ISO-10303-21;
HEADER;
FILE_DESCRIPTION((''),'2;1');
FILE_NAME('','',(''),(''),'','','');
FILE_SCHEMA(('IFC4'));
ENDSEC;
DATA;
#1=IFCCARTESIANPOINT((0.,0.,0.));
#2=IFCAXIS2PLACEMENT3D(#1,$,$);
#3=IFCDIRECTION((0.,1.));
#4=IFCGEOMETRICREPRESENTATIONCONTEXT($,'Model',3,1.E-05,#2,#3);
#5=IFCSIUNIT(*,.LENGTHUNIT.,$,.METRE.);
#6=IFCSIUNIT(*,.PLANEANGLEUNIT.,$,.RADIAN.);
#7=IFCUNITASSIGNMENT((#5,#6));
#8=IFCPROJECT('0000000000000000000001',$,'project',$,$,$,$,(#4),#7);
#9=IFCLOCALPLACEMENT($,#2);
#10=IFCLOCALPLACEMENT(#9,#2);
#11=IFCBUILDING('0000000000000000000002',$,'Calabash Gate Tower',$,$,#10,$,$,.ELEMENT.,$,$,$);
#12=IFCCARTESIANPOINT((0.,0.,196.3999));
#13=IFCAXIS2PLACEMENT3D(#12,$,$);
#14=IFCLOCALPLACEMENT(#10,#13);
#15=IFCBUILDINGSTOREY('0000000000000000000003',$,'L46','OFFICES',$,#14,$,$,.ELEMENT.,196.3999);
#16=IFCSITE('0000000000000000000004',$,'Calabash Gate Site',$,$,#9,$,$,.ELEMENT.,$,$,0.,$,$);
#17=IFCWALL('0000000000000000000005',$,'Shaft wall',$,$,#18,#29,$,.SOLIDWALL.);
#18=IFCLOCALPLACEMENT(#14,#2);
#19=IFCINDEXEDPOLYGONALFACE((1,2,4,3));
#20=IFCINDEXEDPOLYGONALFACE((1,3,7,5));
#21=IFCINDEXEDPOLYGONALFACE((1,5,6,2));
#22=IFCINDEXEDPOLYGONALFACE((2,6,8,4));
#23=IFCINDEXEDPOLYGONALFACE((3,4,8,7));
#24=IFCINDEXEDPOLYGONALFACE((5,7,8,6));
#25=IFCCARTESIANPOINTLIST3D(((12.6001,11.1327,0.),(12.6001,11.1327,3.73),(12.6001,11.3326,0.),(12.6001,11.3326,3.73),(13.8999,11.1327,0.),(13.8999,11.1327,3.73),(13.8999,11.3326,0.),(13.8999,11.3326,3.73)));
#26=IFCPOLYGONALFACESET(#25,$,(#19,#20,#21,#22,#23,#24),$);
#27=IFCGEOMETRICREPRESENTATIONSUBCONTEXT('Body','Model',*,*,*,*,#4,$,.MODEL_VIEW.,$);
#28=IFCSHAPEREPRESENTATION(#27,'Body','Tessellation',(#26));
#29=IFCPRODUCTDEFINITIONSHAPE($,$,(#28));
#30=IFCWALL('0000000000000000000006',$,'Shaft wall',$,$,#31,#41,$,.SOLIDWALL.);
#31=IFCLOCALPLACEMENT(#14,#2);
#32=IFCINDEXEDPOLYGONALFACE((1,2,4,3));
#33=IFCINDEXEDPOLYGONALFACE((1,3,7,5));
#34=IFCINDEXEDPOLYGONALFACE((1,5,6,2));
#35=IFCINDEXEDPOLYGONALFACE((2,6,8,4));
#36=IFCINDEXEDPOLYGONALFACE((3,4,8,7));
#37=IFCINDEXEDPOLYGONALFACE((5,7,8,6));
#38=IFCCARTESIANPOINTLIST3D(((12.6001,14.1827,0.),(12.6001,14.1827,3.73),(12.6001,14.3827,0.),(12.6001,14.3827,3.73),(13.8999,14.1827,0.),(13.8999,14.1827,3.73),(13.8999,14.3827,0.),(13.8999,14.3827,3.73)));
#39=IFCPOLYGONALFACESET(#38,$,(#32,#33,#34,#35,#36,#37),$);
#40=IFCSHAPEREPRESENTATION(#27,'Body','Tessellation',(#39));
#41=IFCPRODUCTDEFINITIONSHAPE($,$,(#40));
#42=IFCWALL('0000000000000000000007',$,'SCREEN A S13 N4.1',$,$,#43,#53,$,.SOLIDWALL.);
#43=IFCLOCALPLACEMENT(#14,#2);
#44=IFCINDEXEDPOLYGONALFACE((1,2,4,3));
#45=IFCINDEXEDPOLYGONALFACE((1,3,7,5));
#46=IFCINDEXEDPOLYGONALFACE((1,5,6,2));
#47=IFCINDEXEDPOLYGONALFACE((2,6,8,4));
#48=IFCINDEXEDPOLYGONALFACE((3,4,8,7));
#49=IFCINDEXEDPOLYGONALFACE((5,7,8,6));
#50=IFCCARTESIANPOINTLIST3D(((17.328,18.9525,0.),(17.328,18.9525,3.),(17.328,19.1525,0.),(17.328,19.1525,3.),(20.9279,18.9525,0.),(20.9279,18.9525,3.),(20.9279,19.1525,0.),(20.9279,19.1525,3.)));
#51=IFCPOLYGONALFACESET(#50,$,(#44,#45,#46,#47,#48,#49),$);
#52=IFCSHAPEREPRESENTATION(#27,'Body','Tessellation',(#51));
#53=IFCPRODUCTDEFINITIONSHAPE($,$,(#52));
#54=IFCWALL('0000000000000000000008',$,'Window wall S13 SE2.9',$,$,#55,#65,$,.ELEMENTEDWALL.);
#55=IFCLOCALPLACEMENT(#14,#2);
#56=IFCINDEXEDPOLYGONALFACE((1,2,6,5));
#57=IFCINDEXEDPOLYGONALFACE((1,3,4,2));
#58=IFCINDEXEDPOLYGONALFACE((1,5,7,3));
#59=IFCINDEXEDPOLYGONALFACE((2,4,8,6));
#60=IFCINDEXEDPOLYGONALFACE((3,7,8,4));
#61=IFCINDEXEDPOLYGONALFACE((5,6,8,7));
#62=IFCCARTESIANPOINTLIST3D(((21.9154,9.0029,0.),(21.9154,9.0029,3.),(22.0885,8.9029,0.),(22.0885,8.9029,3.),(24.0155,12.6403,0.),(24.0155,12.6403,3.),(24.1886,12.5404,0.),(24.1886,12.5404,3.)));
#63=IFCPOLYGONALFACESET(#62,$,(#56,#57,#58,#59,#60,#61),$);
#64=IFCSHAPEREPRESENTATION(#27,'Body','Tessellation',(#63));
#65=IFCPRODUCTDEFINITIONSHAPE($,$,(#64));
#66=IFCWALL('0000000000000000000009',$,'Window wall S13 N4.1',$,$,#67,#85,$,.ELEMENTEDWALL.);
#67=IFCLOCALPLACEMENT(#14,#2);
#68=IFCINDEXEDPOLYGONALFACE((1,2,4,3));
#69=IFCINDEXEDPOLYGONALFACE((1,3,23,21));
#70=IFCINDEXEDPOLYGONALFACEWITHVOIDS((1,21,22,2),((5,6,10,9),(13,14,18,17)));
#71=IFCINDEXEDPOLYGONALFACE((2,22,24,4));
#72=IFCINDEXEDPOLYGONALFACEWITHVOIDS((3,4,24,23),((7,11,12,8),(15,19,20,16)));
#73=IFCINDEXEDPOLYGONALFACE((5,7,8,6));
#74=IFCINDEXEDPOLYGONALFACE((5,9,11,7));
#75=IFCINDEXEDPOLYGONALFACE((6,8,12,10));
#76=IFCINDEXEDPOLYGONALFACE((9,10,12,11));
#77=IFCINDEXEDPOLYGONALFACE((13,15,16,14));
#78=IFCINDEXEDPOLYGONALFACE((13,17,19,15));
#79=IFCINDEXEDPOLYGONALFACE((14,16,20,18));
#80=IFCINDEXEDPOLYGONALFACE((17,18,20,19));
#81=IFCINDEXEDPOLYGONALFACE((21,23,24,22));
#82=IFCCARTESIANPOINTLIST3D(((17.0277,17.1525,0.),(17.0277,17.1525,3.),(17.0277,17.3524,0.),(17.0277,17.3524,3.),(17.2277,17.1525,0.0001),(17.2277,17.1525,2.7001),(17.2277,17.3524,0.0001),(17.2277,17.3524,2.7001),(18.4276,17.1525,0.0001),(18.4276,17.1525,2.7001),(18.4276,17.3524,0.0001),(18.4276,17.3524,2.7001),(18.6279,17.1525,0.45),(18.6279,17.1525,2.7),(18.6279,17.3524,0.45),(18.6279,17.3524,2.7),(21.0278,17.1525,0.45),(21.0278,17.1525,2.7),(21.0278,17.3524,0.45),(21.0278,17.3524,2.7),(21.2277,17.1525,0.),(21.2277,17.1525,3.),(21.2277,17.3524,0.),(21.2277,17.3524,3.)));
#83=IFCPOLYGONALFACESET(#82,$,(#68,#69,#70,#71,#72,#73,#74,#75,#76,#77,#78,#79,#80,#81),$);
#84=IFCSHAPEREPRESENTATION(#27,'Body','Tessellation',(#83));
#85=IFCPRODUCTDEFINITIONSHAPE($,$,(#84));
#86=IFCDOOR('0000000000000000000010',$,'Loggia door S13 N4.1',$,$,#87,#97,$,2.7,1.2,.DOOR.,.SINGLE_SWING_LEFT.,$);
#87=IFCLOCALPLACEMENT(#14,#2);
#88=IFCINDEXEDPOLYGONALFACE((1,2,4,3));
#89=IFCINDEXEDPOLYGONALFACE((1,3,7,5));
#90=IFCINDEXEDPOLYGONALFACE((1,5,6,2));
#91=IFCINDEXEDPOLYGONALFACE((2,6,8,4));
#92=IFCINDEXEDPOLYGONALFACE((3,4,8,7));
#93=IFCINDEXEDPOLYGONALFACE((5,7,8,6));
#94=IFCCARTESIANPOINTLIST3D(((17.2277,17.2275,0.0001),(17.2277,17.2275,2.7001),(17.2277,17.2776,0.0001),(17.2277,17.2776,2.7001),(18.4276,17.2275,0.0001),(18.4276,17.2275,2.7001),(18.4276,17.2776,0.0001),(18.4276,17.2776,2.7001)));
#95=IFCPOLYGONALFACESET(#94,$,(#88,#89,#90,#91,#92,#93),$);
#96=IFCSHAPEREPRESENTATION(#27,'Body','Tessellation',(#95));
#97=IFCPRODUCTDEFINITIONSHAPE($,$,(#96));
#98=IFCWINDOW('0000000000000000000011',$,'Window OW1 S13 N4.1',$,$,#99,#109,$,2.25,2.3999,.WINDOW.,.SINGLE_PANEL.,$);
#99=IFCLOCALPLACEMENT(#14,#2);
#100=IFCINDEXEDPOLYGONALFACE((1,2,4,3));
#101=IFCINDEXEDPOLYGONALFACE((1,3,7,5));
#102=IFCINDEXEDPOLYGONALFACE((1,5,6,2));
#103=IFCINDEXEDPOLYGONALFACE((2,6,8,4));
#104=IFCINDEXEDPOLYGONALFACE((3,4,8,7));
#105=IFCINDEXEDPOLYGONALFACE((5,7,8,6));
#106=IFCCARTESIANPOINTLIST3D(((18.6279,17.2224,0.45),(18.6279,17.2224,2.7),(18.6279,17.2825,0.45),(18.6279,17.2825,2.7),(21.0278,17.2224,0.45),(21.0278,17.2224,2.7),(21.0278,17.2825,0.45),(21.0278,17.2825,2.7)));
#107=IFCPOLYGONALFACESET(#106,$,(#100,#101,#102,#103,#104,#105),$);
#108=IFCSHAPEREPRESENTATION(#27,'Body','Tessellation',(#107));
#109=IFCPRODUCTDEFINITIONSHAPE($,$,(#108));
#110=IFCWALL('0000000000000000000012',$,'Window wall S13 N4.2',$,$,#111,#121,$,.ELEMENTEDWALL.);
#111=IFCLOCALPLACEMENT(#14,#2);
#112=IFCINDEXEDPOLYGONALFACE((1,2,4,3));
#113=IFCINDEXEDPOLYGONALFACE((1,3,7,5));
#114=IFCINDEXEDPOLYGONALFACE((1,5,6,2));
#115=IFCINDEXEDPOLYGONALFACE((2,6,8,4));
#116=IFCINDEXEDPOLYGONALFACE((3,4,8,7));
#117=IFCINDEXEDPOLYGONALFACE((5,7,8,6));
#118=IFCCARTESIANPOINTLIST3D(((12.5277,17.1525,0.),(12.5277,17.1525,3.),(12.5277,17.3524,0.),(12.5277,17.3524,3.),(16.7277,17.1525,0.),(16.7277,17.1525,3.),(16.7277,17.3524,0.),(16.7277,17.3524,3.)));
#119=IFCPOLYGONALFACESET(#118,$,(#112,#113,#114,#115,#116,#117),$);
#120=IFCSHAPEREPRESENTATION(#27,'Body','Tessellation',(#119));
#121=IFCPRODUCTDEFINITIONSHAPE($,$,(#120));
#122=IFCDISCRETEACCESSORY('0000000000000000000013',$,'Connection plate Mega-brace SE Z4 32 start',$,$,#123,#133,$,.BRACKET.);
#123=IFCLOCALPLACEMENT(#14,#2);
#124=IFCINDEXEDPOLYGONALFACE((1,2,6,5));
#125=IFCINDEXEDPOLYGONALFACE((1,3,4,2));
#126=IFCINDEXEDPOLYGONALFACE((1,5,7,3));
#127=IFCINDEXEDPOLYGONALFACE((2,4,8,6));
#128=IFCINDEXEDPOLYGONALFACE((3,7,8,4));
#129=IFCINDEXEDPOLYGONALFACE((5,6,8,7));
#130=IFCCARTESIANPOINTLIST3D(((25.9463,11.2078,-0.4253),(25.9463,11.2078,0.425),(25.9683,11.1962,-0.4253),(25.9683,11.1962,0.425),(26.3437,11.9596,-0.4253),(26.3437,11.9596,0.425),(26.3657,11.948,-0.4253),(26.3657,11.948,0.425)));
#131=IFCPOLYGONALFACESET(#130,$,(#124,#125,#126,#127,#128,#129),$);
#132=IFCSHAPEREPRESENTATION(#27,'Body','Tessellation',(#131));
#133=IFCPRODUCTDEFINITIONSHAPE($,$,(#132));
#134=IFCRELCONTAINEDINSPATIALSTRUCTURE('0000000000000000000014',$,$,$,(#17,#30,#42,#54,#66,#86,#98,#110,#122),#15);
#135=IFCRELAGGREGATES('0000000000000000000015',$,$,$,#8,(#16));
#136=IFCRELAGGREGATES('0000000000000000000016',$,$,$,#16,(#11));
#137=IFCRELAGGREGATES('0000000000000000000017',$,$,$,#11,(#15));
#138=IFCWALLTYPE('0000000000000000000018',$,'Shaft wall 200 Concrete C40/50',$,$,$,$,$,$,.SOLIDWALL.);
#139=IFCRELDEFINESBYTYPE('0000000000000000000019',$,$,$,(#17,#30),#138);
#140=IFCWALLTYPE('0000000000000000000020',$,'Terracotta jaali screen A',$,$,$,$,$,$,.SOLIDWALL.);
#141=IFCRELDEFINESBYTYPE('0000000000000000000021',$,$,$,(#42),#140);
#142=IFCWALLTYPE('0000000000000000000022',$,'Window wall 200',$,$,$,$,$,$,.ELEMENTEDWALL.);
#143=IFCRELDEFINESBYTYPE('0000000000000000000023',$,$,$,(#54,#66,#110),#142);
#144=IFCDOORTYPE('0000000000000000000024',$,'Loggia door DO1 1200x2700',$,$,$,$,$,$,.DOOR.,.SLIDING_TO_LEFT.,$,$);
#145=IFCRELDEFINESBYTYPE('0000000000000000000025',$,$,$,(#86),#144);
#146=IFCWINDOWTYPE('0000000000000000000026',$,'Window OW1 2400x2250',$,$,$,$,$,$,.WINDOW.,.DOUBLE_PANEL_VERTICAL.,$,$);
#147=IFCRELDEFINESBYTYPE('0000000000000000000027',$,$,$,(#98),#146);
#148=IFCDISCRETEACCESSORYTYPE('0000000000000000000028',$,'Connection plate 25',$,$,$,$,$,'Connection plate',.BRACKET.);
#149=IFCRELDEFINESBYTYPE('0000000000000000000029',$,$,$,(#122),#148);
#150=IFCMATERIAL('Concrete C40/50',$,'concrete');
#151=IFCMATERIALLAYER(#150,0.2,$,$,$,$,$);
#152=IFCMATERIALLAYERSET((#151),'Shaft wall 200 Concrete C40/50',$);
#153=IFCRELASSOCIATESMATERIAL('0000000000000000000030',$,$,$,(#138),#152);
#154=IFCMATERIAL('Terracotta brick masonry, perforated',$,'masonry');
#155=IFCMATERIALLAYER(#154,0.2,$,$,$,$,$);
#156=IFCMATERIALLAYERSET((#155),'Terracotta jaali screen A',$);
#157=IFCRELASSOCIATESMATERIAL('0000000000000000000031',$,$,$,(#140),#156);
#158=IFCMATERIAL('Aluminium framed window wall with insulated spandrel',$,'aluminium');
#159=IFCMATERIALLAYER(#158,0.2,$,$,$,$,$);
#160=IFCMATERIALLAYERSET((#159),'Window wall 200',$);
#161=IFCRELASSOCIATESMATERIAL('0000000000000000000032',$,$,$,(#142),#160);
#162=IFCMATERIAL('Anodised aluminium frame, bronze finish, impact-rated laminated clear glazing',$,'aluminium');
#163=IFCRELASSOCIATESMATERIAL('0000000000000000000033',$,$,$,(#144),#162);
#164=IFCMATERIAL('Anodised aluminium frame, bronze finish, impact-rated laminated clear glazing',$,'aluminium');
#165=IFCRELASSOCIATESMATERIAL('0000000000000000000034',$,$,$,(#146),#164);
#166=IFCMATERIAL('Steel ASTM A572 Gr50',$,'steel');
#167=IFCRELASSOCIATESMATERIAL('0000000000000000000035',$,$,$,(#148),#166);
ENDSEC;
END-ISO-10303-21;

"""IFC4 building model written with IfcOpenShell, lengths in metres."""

from ifc_helpers import new_model, si_unit, direction, frame, frame_2d, origin, origin_2d, place, context, subcontext, project, spatial, rectangle, extrude, material, layer, layer_set, type_object, element, fill, save


model = new_model("IFC4")

# Units and contexts
model_context = context("Model", 3, precision=1e-05, world=origin(), true_north=direction((0.0, 1.0)))
body_context = subcontext(model_context, "Body", "Model", "MODEL_VIEW")
ifc_project = project(units=[si_unit("LENGTHUNIT", "METRE"), si_unit("PLANEANGLEUNIT", "RADIAN")], contexts=[model_context])

# Site, building, storey
site_placement = place(None, origin())
site = spatial("IfcSite", under=ifc_project, at=site_placement, Name="Calabash Gate Site", CompositionType="ELEMENT", RefElevation=0.0)
building_placement = place(site_placement, origin())
building = spatial("IfcBuilding", under=site, at=building_placement, Name="Calabash Gate Tower", CompositionType="ELEMENT")
storey_placement = place(building_placement, frame((0.0, 0.0, 196.3999)))
storey = spatial("IfcBuildingStorey", under=building, at=storey_placement, Name="L46", Description="OFFICES", CompositionType="ELEMENT", Elevation=196.3999)

# Walls
ifc_material_1 = material(Name="Concrete C40/50", Category="concrete")
ifc_layer_1 = layer(ifc_material_1, 0.2)
ifc_layer_set_1 = layer_set([ifc_layer_1], Name="Shaft wall 200 Concrete C40/50")
wall_type_1 = type_object("IfcWallType", Name="Shaft wall 200 Concrete C40/50", PredefinedType="SOLIDWALL", material=ifc_layer_set_1)
for number, where, z_axis, x_axis, name in (
    (1, (12.6001, 11.2327, 0.0), (0.0, 0.0, 1.0), (1.0, 0.0, 0.0), "Shaft wall"),
    (2, (12.6001, 14.2827, 0.0), (0.0, 0.0, 1.0), (1.0, 0.0, 0.0), "Shaft wall"),
):
    element("IfcWall", number, at=place(storey_placement, frame(where, z_axis=z_axis, x_axis=x_axis)), inside=storey, type_object=wall_type_1, Name=name, PredefinedType="SOLIDWALL", context=body_context, shape_type="SweptSolid", body=[
        extrude(rectangle(XDim=1.2998, YDim=0.2, at=frame_2d((0.6499, 0.0))), origin(), (0.0, 0.0, 1.0), 3.73),
    ])
ifc_material_2 = material(Name="Terracotta brick masonry, perforated", Category="masonry")
ifc_layer_2 = layer(ifc_material_2, 0.2)
ifc_layer_set_2 = layer_set([ifc_layer_2], Name="Terracotta jaali screen A")
wall_type_2 = type_object("IfcWallType", Name="Terracotta jaali screen A", PredefinedType="SOLIDWALL", material=ifc_layer_set_2)
wall_1_placement = place(storey_placement, frame((20.9277, 19.0525, 0.0), z_axis=(0.0, 0.0, 1.0), x_axis=(-1.0, 0.0, 0.0)))
element("IfcWall", 3, at=wall_1_placement, inside=storey, type_object=wall_type_2, Name="SCREEN A S13 N4.1", PredefinedType="SOLIDWALL", context=body_context, shape_type="SweptSolid", body=[
    extrude(rectangle(XDim=3.5999, YDim=0.2, at=frame_2d((1.7998, 0.0))), origin(), (0.0, 0.0, 1.0), 3.0),
])
ifc_material_3 = material(Name="Aluminium framed window wall with insulated spandrel", Category="aluminium")
ifc_layer_3 = layer(ifc_material_3, 0.2)
ifc_layer_set_3 = layer_set([ifc_layer_3], Name="Window wall 200")
wall_type_3 = type_object("IfcWallType", Name="Window wall 200", PredefinedType="ELEMENTEDWALL", material=ifc_layer_set_3)
wall_2_placement = place(storey_placement, frame((22.002, 8.9529, 0.0), z_axis=(0.0, 0.0, 1.0), x_axis=(0.500003, 0.866024, 0.0)))
element("IfcWall", 4, at=wall_2_placement, inside=storey, type_object=wall_type_3, Name="Window wall S13 SE2.9", PredefinedType="ELEMENTEDWALL", context=body_context, shape_type="SweptSolid", body=[
    extrude(rectangle(XDim=4.2002, YDim=0.2, at=frame_2d((2.1001, 0.0))), origin(), (0.0, 0.0, 1.0), 3.0),
])

# Wall, openings, door, window
wall_3_placement = place(storey_placement, frame((21.2278, 17.2524, 0.0), z_axis=(0.0, 0.0, 1.0), x_axis=(-1.0, 0.0, 0.0)))
wall_3 = element("IfcWall", 5, at=wall_3_placement, inside=storey, type_object=wall_type_3, Name="Window wall S13 N4.1", PredefinedType="ELEMENTEDWALL", context=body_context, shape_type="SweptSolid", body=[
    extrude(rectangle(XDim=4.2, YDim=0.2, at=frame_2d((2.1001, 0.0))), origin(), (0.0, 0.0, 1.0), 3.0),
])
opening_1_placement = place(wall_3_placement, frame((0.2, 0.0, 0.45)))
opening_1 = element("IfcOpeningElement", 6, at=opening_1_placement, cuts=wall_3, PredefinedType="OPENING", context=body_context, shape_type="SweptSolid", body=[
    extrude(rectangle(XDim=2.3999, YDim=2.25, at=frame_2d((1.2, 1.125))), frame((0.0, 0.1099, 0.0), z_axis=(0.0, -1.0, 0.0), x_axis=(1.0, 0.0, 0.0)), (0.0, 0.0, 1.0), 0.22),
])
opening_2_placement = place(wall_3_placement, frame((2.8, 0.0, 0.0)))
opening_2 = element("IfcOpeningElement", 7, at=opening_2_placement, cuts=wall_3, PredefinedType="OPENING", context=body_context, shape_type="SweptSolid", body=[
    extrude(rectangle(XDim=1.2, YDim=2.7, at=frame_2d((0.6001, 1.3501))), frame((0.0, 0.1099, 0.0), z_axis=(0.0, -1.0, 0.0), x_axis=(1.0, 0.0, 0.0)), (0.0, 0.0, 1.0), 0.22),
])
ifc_material_4 = material(Name="Anodised aluminium frame, bronze finish, impact-rated laminated clear glazing", Category="aluminium")
door_type_1 = type_object("IfcDoorType", Name="Loggia door DO1 1200x2700", OperationType="SLIDING_TO_LEFT", PredefinedType="DOOR", material=ifc_material_4)
door_1_placement = place(opening_2_placement, origin())
door_1 = element("IfcDoor", 8, at=door_1_placement, inside=storey, type_object=door_type_1, Name="Loggia door S13 N4.1", OperationType="SINGLE_SWING_LEFT", OverallHeight=2.7, OverallWidth=1.2, PredefinedType="DOOR", context=body_context, shape_type="SweptSolid", body=[
    extrude(rectangle(XDim=1.2, YDim=2.7, at=frame_2d((0.6001, 1.3501))), frame((0.0, 0.0249, 0.0), z_axis=(0.0, -1.0, 0.0), x_axis=(1.0, 0.0, 0.0)), (0.0, 0.0, 1.0), 0.05),
])
fill(opening_2, door_1)
ifc_material_5 = material(Name="Anodised aluminium frame, bronze finish, impact-rated laminated clear glazing", Category="aluminium")
window_type = type_object("IfcWindowType", Name="Window OW1 2400x2250", PartitioningType="DOUBLE_PANEL_VERTICAL", PredefinedType="WINDOW", material=ifc_material_5)
window_placement = place(opening_1_placement, origin())
window = element("IfcWindow", 9, at=window_placement, inside=storey, type_object=window_type, Name="Window OW1 S13 N4.1", OverallHeight=2.25, OverallWidth=2.3999, PartitioningType="SINGLE_PANEL", PredefinedType="WINDOW", context=body_context, shape_type="SweptSolid", body=[
    extrude(rectangle(XDim=2.3999, YDim=2.25, at=frame_2d((1.2, 1.125))), frame((0.0, 0.03, 0.0), z_axis=(0.0, -1.0, 0.0), x_axis=(1.0, 0.0, 0.0)), (0.0, 0.0, 1.0), 0.0601),
])
fill(opening_1, window)

# Wall
wall_4_placement = place(storey_placement, frame((16.7278, 17.2524, 0.0), z_axis=(0.0, 0.0, 1.0), x_axis=(-1.0, 0.0, 0.0)))
element("IfcWall", 10, at=wall_4_placement, inside=storey, type_object=wall_type_3, Name="Window wall S13 N4.2", PredefinedType="ELEMENTEDWALL", context=body_context, shape_type="SweptSolid", body=[
    extrude(rectangle(XDim=4.2, YDim=0.2, at=frame_2d((2.1001, 0.0))), origin(), (0.0, 0.0, 1.0), 3.0),
])

# Discrete accessory
ifc_material_6 = material(Name="Steel ASTM A572 Gr50", Category="steel")
discrete_accessory_type = type_object("IfcDiscreteAccessoryType", Name="Connection plate 25", ElementType="Connection plate", PredefinedType="BRACKET", material=ifc_material_6)
discrete_accessory_placement = place(storey_placement, frame((26.156, 11.5779, -0.4253), z_axis=(0.0, 0.0, 1.0), x_axis=(-0.467293, -0.884103, 0.0)))
element("IfcDiscreteAccessory", 11, at=discrete_accessory_placement, inside=storey, type_object=discrete_accessory_type, Name="Connection plate Mega-brace SE Z4 32 start", PredefinedType="BRACKET", context=body_context, shape_type="SweptSolid", body=[
    extrude(rectangle(XDim=0.8503, YDim=0.0249, at=origin_2d()), origin(), (0.0, 0.0, 1.0), 0.8503),
])

save(model, "model.ifc")
